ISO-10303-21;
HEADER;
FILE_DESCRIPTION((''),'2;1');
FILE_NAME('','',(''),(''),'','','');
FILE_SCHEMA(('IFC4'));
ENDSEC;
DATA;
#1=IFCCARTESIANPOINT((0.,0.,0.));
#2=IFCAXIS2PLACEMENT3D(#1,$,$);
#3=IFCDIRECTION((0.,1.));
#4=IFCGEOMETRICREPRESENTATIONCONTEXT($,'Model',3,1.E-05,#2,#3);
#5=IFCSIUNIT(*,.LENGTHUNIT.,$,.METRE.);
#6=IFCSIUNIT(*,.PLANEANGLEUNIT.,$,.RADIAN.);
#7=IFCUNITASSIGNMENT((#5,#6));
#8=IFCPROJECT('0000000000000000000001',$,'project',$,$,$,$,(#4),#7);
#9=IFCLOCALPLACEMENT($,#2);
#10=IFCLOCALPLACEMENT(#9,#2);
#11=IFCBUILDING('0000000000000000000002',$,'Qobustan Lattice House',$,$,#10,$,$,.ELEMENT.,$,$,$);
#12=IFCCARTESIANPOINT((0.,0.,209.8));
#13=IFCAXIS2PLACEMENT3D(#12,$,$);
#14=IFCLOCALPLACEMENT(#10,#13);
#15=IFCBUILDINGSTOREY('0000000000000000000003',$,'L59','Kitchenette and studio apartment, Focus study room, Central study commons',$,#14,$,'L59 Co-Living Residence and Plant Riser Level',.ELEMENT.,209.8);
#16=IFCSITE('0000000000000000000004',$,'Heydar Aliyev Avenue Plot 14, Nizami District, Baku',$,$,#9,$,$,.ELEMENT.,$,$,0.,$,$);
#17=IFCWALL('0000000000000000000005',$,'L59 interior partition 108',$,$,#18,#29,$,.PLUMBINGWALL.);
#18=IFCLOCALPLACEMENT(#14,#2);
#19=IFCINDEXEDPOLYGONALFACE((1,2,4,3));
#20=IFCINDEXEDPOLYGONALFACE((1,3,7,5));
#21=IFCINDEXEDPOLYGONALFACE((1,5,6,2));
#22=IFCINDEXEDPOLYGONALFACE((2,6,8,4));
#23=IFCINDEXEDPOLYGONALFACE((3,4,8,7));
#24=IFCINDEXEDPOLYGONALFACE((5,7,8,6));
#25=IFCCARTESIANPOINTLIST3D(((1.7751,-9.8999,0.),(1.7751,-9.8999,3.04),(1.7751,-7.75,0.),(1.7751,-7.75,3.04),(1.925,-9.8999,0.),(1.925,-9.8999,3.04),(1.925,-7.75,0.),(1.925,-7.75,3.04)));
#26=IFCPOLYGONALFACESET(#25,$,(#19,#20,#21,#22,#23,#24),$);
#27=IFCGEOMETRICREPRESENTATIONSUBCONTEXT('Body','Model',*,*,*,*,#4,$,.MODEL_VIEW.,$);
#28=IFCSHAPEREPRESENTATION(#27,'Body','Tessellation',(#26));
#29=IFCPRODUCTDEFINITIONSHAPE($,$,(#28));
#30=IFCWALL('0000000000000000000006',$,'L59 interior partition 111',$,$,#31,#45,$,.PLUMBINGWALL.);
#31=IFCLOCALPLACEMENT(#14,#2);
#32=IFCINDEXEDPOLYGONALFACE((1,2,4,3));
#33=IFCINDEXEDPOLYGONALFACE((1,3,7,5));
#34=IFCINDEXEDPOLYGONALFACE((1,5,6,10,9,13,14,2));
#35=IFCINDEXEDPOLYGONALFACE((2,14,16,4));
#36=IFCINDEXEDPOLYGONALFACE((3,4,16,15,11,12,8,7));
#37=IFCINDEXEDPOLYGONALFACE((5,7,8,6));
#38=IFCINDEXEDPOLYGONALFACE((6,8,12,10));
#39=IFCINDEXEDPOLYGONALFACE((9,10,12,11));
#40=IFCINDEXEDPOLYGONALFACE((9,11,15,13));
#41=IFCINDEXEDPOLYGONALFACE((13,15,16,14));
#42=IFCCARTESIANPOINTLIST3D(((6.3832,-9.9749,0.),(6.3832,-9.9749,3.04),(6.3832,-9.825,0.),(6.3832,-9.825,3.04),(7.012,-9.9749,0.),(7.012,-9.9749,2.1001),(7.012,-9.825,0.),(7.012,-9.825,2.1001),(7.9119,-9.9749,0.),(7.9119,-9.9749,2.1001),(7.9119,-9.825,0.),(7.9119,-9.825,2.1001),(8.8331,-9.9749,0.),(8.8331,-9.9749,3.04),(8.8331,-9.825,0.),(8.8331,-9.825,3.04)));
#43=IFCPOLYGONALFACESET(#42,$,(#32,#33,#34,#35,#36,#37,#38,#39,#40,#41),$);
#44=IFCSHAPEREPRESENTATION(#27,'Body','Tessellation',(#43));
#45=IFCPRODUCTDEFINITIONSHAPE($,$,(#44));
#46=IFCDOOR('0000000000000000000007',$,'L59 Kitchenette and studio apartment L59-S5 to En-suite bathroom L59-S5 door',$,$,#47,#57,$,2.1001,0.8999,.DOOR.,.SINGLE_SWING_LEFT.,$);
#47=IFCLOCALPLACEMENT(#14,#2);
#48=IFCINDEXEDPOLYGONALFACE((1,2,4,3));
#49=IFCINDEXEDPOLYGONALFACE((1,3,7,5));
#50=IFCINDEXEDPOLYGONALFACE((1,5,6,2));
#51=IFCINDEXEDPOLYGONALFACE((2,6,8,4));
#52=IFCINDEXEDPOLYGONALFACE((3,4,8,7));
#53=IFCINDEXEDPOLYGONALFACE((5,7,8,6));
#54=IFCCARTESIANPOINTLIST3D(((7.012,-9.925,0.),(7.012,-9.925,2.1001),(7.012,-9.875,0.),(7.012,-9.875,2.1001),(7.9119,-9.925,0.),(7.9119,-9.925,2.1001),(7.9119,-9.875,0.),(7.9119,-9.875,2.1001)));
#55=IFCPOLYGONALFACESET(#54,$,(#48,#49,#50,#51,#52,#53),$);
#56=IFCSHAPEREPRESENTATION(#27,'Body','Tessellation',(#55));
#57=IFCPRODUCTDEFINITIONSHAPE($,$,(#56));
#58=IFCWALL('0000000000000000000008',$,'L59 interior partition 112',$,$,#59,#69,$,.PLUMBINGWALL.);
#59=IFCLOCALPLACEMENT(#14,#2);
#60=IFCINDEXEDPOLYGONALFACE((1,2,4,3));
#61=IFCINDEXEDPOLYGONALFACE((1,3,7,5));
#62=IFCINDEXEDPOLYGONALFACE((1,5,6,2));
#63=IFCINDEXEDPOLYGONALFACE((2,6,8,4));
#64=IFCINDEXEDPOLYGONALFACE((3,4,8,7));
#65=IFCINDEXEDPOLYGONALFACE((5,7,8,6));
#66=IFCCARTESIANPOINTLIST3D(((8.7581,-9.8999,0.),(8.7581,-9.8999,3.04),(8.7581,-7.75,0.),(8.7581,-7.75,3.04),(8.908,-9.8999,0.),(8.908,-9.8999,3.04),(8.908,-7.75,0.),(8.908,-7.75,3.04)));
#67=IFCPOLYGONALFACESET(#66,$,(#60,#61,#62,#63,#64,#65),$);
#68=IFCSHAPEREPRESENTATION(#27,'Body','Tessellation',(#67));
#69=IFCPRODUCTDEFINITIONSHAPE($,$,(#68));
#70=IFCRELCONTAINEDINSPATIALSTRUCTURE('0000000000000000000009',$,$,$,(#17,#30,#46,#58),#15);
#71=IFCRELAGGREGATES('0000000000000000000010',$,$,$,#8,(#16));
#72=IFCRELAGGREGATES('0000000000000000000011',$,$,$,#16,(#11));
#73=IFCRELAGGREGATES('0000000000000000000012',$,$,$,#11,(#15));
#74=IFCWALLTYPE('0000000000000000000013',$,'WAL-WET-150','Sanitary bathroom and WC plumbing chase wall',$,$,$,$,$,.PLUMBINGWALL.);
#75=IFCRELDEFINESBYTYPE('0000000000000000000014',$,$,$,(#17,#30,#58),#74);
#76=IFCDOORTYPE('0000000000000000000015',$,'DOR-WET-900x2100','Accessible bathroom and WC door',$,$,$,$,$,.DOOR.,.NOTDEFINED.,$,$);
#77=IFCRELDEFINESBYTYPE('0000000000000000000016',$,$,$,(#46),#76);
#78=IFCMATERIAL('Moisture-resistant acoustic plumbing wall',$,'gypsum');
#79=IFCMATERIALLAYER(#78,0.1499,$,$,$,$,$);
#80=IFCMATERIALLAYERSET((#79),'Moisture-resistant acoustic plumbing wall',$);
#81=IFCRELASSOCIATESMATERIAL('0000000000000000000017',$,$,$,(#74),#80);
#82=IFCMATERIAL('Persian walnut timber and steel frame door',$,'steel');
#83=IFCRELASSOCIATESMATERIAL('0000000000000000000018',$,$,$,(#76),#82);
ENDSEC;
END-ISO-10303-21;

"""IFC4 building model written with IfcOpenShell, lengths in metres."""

from ifc_helpers import new_model, si_unit, direction, frame, frame_2d, origin, place, context, subcontext, project, spatial, rectangle, extrude, material, layer, layer_set, type_object, element, fill, save


model = new_model("IFC4")

# Units and contexts
model_context = context("Model", 3, precision=1e-05, world=origin(), true_north=direction((0.0, 1.0)))
body_context = subcontext(model_context, "Body", "Model", "MODEL_VIEW")
ifc_project = project(units=[si_unit("LENGTHUNIT", "METRE"), si_unit("PLANEANGLEUNIT", "RADIAN")], contexts=[model_context])

# Site, building, storey
site_placement = place(None, origin())
site = spatial("IfcSite", under=ifc_project, at=site_placement, Name="Heydar Aliyev Avenue Plot 14, Nizami District, Baku", CompositionType="ELEMENT", RefElevation=0.0)
building_placement = place(site_placement, origin())
building = spatial("IfcBuilding", under=site, at=building_placement, Name="Qobustan Lattice House", CompositionType="ELEMENT")
storey_placement = place(building_placement, frame((0.0, 0.0, 209.8)))
storey = spatial("IfcBuildingStorey", under=building, at=storey_placement, Name="L59", Description="Kitchenette and studio apartment, Focus study room, Central study commons", LongName="L59 Co-Living Residence and Plant Riser Level", CompositionType="ELEMENT", Elevation=209.8)

# Shared definitions
ifc_material_1 = material(Name="Moisture-resistant acoustic plumbing wall", Category="gypsum")
ifc_layer_1 = layer(ifc_material_1, 0.1499)
ifc_layer_set_1 = layer_set([ifc_layer_1], Name="Moisture-resistant acoustic plumbing wall")
wall_type_1 = type_object("IfcWallType", Name="WAL-WET-150", Description="Sanitary bathroom and WC plumbing chase wall", PredefinedType="PLUMBINGWALL", material=ifc_layer_set_1)

# Shared definitions
ifc_material_2 = material(Name="Persian walnut timber and steel frame door", Category="steel")
door_type = type_object("IfcDoorType", Name="DOR-WET-900x2100", Description="Accessible bathroom and WC door", OperationType="NOTDEFINED", PredefinedType="DOOR", material=ifc_material_2)

# Wall
wall_1_placement = place(storey_placement, frame((1.8501, -9.8999, 0.0), z_axis=(0.0, 0.0, 1.0), x_axis=(0.0, 1.0, 0.0)))
element("IfcWall", 1, at=wall_1_placement, inside=storey, type_object=wall_type_1, Name="L59 interior partition 108", PredefinedType="PLUMBINGWALL", context=body_context, shape_type="SweptSolid", body=[
    extrude(rectangle(XDim=2.1499, YDim=0.1499, at=frame_2d((1.075, 0.0))), origin(), (0.0, 0.0, 1.0), 3.04),
])

# Wall, opening, door
wall_2_placement = place(storey_placement, frame((6.3831, -9.8999, 0.0), z_axis=(0.0, 0.0, 1.0), x_axis=(1.0, 0.0, 0.0)))
wall_2 = element("IfcWall", 2, at=wall_2_placement, inside=storey, type_object=wall_type_1, Name="L59 interior partition 111", PredefinedType="PLUMBINGWALL", context=body_context, shape_type="SweptSolid", body=[
    extrude(rectangle(XDim=2.45, YDim=0.1499, at=frame_2d((1.2251, 0.0))), origin(), (0.0, 0.0, 1.0), 3.04),
])
opening_1_placement = place(wall_2_placement, frame((0.6289, 0.0, 0.0)))
opening_1 = element("IfcOpeningElement", 3, at=opening_1_placement, cuts=wall_2, PredefinedType="OPENING", context=body_context, shape_type="SweptSolid", body=[
    extrude(rectangle(XDim=0.8999, YDim=2.1001, at=frame_2d((0.45, 1.05))), frame((0.0, 0.085, 0.0), z_axis=(0.0, -1.0, 0.0), x_axis=(1.0, 0.0, 0.0)), (0.0, 0.0, 1.0), 0.1699),
])
door_1_placement = place(opening_1_placement, origin())
door_1 = element("IfcDoor", 4, at=door_1_placement, inside=storey, type_object=door_type, Name="L59 Kitchenette and studio apartment L59-S5 to En-suite bathroom L59-S5 door", OperationType="SINGLE_SWING_LEFT", OverallHeight=2.1001, OverallWidth=0.8999, PredefinedType="DOOR", context=body_context, shape_type="SweptSolid", body=[
    extrude(rectangle(XDim=0.8999, YDim=2.1001, at=frame_2d((0.45, 1.05))), frame((0.0, 0.0249, 0.0), z_axis=(0.0, -1.0, 0.0), x_axis=(1.0, 0.0, 0.0)), (0.0, 0.0, 1.0), 0.05),
])
fill(opening_1, door_1)

# Wall
wall_3_placement = place(storey_placement, frame((8.833, -9.8999, 0.0), z_axis=(0.0, 0.0, 1.0), x_axis=(0.0, 1.0, 0.0)))
element("IfcWall", 5, at=wall_3_placement, inside=storey, type_object=wall_type_1, Name="L59 interior partition 112", PredefinedType="PLUMBINGWALL", context=body_context, shape_type="SweptSolid", body=[
    extrude(rectangle(XDim=2.1499, YDim=0.1499, at=frame_2d((1.075, 0.0))), origin(), (0.0, 0.0, 1.0), 3.04),
])

save(model, "model.ifc")
